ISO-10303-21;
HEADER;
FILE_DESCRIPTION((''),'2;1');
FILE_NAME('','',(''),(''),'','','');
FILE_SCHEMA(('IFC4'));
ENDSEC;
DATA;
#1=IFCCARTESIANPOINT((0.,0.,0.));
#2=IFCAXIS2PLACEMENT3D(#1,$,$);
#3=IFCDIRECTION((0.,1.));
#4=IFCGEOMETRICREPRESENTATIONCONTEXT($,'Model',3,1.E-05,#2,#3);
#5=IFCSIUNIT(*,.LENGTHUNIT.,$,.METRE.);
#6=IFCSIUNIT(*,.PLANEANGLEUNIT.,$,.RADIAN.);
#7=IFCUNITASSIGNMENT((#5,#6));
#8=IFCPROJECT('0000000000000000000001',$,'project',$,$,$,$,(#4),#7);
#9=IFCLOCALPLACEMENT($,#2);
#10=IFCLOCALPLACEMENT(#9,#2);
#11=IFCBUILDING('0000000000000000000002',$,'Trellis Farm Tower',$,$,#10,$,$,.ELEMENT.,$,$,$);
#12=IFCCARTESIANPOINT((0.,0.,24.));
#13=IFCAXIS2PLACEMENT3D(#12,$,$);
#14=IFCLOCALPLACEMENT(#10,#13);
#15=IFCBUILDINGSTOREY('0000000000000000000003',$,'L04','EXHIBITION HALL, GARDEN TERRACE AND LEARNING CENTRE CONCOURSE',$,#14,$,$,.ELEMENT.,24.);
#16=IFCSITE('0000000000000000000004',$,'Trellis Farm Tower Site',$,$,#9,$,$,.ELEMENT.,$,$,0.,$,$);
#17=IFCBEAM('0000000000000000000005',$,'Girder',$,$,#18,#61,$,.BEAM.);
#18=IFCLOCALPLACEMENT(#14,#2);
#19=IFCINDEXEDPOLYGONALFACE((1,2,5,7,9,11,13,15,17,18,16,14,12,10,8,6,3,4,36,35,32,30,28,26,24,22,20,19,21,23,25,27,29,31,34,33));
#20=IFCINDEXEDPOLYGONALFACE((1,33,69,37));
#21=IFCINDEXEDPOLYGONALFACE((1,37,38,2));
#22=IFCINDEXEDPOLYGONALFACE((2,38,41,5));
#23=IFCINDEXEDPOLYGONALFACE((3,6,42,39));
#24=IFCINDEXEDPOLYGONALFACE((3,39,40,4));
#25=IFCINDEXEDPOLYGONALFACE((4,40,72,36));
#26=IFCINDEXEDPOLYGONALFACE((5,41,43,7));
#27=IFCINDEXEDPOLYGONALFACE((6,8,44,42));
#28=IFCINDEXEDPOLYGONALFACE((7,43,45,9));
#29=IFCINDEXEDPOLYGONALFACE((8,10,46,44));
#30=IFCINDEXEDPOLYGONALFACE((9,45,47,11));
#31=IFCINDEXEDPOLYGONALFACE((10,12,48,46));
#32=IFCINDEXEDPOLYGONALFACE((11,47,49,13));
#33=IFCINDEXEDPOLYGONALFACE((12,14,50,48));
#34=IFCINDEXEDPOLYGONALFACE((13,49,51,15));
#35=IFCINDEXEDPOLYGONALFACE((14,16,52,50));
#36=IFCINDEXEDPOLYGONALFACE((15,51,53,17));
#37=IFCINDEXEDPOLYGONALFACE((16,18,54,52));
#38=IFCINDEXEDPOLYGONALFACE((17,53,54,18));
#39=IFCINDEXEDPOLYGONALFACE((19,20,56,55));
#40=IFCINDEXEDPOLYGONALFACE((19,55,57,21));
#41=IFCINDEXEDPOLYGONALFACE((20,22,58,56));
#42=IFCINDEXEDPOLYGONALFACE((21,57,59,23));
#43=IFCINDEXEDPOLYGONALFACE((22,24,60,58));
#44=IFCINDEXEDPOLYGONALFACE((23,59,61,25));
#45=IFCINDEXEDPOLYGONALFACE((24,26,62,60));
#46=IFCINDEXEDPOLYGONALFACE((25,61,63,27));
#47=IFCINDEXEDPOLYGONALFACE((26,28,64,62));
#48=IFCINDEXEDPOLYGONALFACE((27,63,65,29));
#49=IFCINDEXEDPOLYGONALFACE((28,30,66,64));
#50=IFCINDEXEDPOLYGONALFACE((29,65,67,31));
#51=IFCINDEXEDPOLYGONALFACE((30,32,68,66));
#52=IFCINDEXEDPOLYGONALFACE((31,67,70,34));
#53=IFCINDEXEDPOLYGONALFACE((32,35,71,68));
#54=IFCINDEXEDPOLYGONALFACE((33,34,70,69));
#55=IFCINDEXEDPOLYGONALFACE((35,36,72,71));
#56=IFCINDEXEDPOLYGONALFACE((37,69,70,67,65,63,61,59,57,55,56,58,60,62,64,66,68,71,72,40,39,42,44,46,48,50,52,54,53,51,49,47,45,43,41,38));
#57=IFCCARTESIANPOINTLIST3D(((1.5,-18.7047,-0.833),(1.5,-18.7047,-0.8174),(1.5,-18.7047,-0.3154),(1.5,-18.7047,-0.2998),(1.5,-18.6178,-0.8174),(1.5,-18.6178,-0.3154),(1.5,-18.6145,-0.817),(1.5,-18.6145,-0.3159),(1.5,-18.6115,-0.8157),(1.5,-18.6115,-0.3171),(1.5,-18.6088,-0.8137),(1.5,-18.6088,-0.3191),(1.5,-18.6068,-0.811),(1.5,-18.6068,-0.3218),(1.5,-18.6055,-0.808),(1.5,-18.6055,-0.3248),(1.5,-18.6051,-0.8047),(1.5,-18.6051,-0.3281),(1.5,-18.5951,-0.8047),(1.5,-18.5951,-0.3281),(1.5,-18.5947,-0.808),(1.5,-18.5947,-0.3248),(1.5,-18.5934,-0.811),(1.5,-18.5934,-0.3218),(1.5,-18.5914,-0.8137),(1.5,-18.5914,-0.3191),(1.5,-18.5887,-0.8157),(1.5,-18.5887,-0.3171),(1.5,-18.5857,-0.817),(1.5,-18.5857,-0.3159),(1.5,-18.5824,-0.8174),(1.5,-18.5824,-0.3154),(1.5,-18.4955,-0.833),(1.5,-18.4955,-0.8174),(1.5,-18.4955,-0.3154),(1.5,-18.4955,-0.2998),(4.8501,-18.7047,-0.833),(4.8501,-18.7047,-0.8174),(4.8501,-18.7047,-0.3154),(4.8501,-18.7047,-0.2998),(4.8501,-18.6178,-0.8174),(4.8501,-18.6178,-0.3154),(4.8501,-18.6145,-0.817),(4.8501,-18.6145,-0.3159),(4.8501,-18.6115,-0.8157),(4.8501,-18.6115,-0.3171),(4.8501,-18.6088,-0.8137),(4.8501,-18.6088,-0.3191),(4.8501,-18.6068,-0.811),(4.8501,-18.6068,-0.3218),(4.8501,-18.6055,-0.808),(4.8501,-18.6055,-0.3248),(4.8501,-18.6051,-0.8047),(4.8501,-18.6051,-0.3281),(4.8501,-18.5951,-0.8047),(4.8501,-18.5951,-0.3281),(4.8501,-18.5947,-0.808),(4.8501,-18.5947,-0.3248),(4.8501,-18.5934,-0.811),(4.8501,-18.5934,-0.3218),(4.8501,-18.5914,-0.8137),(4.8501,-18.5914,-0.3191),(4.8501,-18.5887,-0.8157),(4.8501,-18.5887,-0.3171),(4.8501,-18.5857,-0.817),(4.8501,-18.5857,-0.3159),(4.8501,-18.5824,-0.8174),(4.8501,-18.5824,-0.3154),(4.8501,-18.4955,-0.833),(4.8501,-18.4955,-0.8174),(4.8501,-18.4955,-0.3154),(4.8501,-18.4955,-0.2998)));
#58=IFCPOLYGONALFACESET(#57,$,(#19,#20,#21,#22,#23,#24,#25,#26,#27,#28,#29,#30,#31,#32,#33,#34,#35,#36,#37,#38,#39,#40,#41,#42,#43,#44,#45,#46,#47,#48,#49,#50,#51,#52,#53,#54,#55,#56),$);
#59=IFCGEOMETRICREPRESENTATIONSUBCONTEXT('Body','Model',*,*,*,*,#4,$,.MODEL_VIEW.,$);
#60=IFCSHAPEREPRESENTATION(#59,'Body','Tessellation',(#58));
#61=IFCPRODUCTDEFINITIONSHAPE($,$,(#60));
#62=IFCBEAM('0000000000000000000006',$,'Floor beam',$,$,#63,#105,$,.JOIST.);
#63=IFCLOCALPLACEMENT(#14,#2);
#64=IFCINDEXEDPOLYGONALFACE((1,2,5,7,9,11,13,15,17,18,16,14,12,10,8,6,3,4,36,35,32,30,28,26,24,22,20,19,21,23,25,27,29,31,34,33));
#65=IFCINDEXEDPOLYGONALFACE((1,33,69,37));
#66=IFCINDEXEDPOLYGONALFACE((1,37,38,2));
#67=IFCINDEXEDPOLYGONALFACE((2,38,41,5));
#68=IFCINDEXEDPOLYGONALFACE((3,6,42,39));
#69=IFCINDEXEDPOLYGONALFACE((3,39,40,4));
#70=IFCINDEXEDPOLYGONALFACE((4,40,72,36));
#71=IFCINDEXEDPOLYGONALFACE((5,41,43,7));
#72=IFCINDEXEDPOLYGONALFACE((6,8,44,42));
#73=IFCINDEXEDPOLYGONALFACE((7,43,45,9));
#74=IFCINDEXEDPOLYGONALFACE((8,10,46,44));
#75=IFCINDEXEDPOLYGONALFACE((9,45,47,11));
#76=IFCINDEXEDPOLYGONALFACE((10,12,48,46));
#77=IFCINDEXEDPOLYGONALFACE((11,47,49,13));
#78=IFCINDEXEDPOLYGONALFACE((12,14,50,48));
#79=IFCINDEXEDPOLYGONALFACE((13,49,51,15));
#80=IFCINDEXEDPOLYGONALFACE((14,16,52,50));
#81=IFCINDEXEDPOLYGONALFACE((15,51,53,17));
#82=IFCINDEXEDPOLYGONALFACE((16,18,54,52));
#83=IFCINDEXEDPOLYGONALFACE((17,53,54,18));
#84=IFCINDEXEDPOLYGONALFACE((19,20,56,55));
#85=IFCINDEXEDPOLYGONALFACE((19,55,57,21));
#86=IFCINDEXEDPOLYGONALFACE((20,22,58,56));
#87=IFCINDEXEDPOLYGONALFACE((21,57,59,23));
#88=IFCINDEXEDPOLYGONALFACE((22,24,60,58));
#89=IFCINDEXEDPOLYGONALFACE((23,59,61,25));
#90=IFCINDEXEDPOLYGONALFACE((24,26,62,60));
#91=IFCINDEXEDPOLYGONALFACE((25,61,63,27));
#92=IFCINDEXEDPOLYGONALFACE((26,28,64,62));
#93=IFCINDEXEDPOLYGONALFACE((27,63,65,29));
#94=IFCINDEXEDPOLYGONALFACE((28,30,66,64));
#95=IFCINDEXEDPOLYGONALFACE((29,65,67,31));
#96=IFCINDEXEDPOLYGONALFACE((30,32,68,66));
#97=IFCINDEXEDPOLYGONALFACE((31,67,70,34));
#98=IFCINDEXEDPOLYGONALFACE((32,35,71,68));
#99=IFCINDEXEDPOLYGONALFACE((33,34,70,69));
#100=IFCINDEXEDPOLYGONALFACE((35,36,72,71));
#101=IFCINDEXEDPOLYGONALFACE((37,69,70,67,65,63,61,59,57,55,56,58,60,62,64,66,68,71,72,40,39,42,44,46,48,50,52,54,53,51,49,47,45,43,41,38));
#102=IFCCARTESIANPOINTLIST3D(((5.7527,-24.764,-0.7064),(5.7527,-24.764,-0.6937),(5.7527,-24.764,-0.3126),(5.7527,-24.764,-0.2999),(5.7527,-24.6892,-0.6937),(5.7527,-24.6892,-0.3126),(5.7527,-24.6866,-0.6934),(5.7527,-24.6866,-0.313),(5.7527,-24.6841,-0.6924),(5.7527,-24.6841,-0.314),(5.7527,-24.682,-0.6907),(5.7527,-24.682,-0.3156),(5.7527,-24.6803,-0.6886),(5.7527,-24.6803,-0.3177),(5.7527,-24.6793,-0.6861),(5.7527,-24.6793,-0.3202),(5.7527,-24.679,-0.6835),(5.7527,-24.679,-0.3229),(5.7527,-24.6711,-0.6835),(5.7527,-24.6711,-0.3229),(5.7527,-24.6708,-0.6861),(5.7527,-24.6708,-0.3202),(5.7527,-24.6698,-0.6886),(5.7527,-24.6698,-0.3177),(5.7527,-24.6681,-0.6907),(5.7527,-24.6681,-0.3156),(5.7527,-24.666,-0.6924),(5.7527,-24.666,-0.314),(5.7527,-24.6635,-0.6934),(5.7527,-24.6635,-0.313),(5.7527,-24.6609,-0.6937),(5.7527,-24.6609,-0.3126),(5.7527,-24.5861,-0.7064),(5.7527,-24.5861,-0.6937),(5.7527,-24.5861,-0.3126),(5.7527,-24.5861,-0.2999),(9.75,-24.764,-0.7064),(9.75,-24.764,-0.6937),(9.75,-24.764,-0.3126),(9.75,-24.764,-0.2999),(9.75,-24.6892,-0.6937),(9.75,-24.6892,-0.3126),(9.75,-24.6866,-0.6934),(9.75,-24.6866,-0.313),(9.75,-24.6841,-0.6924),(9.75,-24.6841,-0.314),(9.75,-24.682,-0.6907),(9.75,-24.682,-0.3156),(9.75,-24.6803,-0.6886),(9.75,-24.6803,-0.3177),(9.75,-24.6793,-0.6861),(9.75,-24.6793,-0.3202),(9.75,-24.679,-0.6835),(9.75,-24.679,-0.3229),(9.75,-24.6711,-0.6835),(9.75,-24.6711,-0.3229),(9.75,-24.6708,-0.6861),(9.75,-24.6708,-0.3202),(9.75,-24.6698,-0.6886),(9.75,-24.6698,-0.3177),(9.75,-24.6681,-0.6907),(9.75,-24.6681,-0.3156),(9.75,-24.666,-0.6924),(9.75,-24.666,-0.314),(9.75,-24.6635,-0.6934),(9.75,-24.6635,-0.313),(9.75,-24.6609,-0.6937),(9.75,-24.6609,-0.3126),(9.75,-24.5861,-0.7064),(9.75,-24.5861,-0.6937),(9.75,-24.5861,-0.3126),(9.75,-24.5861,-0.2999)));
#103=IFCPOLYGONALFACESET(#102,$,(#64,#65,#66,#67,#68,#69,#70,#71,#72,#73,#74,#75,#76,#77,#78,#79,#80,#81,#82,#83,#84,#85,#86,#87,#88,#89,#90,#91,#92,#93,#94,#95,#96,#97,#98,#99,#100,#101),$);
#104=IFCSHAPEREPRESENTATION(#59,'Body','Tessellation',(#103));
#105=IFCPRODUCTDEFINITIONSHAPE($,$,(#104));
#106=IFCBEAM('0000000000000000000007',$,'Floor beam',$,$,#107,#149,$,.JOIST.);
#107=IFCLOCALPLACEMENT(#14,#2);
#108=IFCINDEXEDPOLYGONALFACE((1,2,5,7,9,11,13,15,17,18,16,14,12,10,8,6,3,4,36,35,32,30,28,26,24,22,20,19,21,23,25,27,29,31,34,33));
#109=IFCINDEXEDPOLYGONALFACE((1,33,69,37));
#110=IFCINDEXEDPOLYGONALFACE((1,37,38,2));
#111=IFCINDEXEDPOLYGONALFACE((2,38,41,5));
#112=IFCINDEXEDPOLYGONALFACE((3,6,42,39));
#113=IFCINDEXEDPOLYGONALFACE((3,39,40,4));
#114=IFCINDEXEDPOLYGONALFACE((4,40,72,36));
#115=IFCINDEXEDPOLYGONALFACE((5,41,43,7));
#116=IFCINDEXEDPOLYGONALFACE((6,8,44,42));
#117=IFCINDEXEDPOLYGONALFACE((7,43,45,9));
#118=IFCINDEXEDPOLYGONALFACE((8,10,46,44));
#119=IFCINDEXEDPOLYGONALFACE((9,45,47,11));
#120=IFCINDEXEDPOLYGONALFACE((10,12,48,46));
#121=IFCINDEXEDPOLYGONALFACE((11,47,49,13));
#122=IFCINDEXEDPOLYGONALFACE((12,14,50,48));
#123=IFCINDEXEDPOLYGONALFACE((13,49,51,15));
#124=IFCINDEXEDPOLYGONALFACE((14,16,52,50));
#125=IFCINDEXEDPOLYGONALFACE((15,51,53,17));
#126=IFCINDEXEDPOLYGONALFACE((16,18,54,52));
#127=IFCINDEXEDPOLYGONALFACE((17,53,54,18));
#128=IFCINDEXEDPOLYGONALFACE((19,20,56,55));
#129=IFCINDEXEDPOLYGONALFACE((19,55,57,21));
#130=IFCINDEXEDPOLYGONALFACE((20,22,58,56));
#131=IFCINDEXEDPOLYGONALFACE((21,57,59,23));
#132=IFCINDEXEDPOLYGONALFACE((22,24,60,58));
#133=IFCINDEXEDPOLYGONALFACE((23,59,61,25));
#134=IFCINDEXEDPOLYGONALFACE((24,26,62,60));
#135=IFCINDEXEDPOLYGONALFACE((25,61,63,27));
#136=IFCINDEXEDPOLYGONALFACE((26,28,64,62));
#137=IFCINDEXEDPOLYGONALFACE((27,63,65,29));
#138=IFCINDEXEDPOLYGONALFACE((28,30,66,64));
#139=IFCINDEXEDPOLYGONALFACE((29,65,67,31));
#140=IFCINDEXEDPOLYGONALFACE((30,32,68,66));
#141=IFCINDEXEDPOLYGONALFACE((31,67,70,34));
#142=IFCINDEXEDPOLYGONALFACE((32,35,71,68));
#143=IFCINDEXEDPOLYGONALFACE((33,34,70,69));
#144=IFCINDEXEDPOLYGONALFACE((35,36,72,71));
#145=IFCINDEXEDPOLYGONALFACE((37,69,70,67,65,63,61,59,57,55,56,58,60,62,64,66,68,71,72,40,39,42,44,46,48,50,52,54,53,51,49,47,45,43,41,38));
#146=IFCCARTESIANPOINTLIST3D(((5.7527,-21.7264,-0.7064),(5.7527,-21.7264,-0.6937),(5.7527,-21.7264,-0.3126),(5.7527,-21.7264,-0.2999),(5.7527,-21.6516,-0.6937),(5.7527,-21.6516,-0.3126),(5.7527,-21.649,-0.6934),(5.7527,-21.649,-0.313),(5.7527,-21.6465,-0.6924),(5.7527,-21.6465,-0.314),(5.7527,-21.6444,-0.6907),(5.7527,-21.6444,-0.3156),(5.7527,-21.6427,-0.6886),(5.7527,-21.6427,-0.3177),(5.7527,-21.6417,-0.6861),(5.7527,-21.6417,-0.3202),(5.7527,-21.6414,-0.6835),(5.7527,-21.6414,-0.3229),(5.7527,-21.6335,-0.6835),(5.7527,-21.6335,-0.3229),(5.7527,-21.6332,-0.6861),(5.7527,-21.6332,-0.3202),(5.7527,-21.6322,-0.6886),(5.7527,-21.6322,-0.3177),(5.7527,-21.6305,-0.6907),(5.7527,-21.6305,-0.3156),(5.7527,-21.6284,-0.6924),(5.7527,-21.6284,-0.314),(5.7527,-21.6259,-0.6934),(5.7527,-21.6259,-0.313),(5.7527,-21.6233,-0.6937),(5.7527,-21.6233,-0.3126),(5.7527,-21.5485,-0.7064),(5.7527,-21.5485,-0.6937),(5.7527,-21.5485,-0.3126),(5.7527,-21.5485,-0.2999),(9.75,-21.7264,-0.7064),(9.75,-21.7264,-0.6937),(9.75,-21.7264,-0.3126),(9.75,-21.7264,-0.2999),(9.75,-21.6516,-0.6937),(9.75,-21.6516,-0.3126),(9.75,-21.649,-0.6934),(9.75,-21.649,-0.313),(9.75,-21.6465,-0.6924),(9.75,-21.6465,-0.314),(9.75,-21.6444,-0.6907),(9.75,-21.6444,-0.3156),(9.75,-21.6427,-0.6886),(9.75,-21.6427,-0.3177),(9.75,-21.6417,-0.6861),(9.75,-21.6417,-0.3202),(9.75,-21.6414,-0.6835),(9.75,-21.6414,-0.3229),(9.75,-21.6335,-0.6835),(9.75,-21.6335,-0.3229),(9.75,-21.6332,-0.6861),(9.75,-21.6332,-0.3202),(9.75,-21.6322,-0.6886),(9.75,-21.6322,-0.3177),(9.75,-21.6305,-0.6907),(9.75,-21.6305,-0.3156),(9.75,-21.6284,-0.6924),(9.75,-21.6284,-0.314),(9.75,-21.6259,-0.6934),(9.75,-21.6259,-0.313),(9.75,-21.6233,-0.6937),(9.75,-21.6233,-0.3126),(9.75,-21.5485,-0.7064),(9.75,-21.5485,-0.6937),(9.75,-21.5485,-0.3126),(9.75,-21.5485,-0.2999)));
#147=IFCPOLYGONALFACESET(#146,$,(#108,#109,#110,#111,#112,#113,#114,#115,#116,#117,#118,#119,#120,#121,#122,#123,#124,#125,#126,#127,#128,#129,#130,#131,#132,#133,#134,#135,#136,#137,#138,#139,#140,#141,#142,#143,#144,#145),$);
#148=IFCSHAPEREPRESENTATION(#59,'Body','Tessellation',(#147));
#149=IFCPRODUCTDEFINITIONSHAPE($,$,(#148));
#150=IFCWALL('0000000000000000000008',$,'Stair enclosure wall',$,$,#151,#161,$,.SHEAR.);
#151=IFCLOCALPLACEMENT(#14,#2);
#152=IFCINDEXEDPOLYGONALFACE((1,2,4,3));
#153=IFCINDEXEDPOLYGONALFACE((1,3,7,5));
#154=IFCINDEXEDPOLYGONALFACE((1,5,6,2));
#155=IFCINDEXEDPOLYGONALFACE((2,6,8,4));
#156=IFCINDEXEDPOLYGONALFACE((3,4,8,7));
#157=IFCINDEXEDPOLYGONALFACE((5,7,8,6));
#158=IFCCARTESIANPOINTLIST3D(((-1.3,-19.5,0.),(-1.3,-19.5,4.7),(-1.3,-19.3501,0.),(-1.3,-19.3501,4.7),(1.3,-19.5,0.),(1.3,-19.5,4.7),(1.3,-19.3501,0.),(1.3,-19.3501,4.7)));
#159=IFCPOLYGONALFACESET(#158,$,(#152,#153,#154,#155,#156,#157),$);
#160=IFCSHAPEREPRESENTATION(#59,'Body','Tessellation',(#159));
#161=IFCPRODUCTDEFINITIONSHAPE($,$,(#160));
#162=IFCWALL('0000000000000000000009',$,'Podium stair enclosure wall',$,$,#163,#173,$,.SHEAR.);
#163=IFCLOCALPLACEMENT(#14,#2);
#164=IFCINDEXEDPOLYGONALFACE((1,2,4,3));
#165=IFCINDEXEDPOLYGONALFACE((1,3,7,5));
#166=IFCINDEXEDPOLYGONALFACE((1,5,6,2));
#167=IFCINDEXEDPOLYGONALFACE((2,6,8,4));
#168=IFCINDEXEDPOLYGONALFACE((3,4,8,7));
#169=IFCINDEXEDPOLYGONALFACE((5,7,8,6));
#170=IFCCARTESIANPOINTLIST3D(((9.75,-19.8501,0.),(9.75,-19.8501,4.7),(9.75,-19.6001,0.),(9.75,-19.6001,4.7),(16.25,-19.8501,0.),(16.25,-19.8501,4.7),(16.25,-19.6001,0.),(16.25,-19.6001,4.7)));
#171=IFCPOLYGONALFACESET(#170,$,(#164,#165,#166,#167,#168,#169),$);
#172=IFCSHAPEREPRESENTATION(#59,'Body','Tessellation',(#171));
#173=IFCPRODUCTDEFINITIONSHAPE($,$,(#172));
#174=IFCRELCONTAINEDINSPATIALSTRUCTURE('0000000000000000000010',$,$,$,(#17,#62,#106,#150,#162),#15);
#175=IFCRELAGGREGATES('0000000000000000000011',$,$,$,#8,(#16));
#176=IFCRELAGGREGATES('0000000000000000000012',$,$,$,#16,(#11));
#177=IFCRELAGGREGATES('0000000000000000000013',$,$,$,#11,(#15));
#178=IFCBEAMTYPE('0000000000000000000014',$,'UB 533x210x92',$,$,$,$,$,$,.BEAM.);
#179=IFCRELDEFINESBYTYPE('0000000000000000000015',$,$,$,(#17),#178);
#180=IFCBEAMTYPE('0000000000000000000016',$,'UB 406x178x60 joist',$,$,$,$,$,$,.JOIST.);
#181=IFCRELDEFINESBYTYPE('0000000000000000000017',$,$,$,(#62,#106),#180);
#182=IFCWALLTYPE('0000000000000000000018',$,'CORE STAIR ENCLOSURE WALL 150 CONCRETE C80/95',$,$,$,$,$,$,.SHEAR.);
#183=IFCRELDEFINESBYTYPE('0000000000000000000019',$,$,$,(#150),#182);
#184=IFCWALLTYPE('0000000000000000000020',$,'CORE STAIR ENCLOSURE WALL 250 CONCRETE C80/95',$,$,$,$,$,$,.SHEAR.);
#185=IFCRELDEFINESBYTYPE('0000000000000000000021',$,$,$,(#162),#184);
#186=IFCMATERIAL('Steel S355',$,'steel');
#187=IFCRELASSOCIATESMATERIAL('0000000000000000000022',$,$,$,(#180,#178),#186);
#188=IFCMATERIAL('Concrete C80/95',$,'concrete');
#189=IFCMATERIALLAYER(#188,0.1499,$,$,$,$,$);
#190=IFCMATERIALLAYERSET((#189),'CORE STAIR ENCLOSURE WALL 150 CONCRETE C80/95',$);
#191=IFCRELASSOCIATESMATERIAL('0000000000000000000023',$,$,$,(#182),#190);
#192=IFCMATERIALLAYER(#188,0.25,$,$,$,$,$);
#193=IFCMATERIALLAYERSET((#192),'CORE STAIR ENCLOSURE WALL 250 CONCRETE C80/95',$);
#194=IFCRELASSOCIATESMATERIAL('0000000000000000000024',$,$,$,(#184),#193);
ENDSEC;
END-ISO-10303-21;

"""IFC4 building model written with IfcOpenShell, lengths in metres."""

from ifc_helpers import new_model, si_unit, direction, frame, frame_2d, origin, origin_2d, place, context, subcontext, project, spatial, rectangle, i_section, extrude, source, transform, mapped, material, layer, layer_set, material_profile, profile_set, type_object, element, save


model = new_model("IFC4")

# Units and contexts
model_context = context("Model", 3, precision=1e-05, world=origin(), true_north=direction((0.0, 1.0)))
body_context = subcontext(model_context, "Body", "Model", "MODEL_VIEW")
ifc_project = project(units=[si_unit("LENGTHUNIT", "METRE"), si_unit("PLANEANGLEUNIT", "RADIAN")], contexts=[model_context])

# Site, building, storey
site_placement = place(None, origin())
site = spatial("IfcSite", under=ifc_project, at=site_placement, Name="Trellis Farm Tower Site", CompositionType="ELEMENT", RefElevation=0.0)
building_placement = place(site_placement, origin())
building = spatial("IfcBuilding", under=site, at=building_placement, Name="Trellis Farm Tower", CompositionType="ELEMENT")
storey_placement = place(building_placement, frame((0.0, 0.0, 24.0)))
storey = spatial("IfcBuildingStorey", under=building, at=storey_placement, Name="L04", Description="EXHIBITION HALL, GARDEN TERRACE AND LEARNING CENTRE CONCOURSE", CompositionType="ELEMENT", Elevation=24.0)

# Shared definitions
ifc_material_1 = material(Name="Concrete C80/95", Category="concrete")

# Beams
ifc_material_2 = material(Name="Steel S355", Category="steel")
ifc_material_profile_1 = material_profile(ifc_material_2, i_section(OverallWidth=0.178, OverallDepth=0.4065, WebThickness=0.0078, FlangeThickness=0.0127, FilletRadius=0.0103, at=origin_2d()), Name="UB 406x178x60")
ifc_profile_set_1 = profile_set([ifc_material_profile_1], Name="Steel S355")
beam_type_1 = type_object("IfcBeamType", Name="UB 406x178x60 joist", PredefinedType="JOIST", material=ifc_profile_set_1)
ifc_material_profile_2 = material_profile(ifc_material_2, i_section(OverallWidth=0.2092, OverallDepth=0.5332, WebThickness=0.01, FlangeThickness=0.0156, FilletRadius=0.0127, at=origin_2d()), Name="UB 533x210x92")
ifc_profile_set_2 = profile_set([ifc_material_profile_2], Name="Steel S355")
beam_type_2 = type_object("IfcBeamType", Name="UB 533x210x92", PredefinedType="BEAM", material=ifc_profile_set_2)
shared_shape_1 = source(origin(), body_context, "Body", "SweptSolid", [
    extrude(i_section(OverallWidth=0.2092, OverallDepth=0.5332, WebThickness=0.01, FlangeThickness=0.0156, FilletRadius=0.0127, at=origin_2d()), origin(), (0.0, 0.0, 1.0), 3.3501),
])
beam_1_placement = place(storey_placement, frame((1.5, -18.6001, -0.5664), z_axis=(1.0, 0.0, 0.0), x_axis=(0.0, 1.0, 0.0)))
element("IfcBeam", 1, at=beam_1_placement, inside=storey, type_object=beam_type_2, Name="Girder", PredefinedType="BEAM", context=body_context, shape_type="MappedRepresentation", body=[
    mapped(shared_shape_1, transform((0.0, 0.0, 0.0))),
])
shared_shape_2 = source(origin(), body_context, "Body", "SweptSolid", [
    extrude(i_section(OverallWidth=0.178, OverallDepth=0.4065, WebThickness=0.0078, FlangeThickness=0.0127, FilletRadius=0.0103, at=origin_2d()), origin(), (0.0, 0.0, 1.0), 3.9973),
])
for number, where, z_axis, x_axis, name in (
    (2, (5.7527, -24.675, -0.5032), (1.0, 0.0, 0.0), (0.0, 1.0, 0.0), "Floor beam"),
    (3, (5.7527, -21.6375, -0.5032), (1.0, 0.0, 0.0), (0.0, 1.0, 0.0), "Floor beam"),
):
    element("IfcBeam", number, at=place(storey_placement, frame(where, z_axis=z_axis, x_axis=x_axis)), inside=storey, type_object=beam_type_1, Name=name, PredefinedType="JOIST", context=body_context, shape_type="MappedRepresentation", body=[
        mapped(shared_shape_2, transform((0.0, 0.0, 0.0))),
    ])

# Walls
ifc_layer_1 = layer(ifc_material_1, 0.1499)
ifc_layer_set_1 = layer_set([ifc_layer_1], Name="CORE STAIR ENCLOSURE WALL 150 CONCRETE C80/95")
wall_type_1 = type_object("IfcWallType", Name="CORE STAIR ENCLOSURE WALL 150 CONCRETE C80/95", PredefinedType="SHEAR", material=ifc_layer_set_1)
shared_shape_3 = source(origin(), body_context, "Body", "SweptSolid", [
    extrude(rectangle(XDim=2.6001, YDim=0.1499, at=frame_2d((1.3, 0.0))), origin(), (0.0, 0.0, 1.0), 4.7),
])
wall_1_placement = place(storey_placement, frame((1.3, -19.425, 0.0), z_axis=(0.0, 0.0, 1.0), x_axis=(-1.0, 0.0, 0.0)))
element("IfcWall", 4, at=wall_1_placement, inside=storey, type_object=wall_type_1, Name="Stair enclosure wall", PredefinedType="SHEAR", context=body_context, shape_type="MappedRepresentation", body=[
    mapped(shared_shape_3, transform((0.0, 0.0, 0.0))),
])
ifc_layer_2 = layer(ifc_material_1, 0.25)
ifc_layer_set_2 = layer_set([ifc_layer_2], Name="CORE STAIR ENCLOSURE WALL 250 CONCRETE C80/95")
wall_type_2 = type_object("IfcWallType", Name="CORE STAIR ENCLOSURE WALL 250 CONCRETE C80/95", PredefinedType="SHEAR", material=ifc_layer_set_2)
shared_shape_4 = source(origin(), body_context, "Body", "SweptSolid", [
    extrude(rectangle(XDim=6.5, YDim=0.25, at=frame_2d((3.25, 0.0))), origin(), (0.0, 0.0, 1.0), 4.7),
])
wall_2_placement = place(storey_placement, frame((9.75, -19.7251, 0.0), z_axis=(0.0, 0.0, 1.0), x_axis=(1.0, 0.0, 0.0)))
element("IfcWall", 5, at=wall_2_placement, inside=storey, type_object=wall_type_2, Name="Podium stair enclosure wall", PredefinedType="SHEAR", context=body_context, shape_type="MappedRepresentation", body=[
    mapped(shared_shape_4, transform((0.0, 0.0, 0.0))),
])

save(model, "model.ifc")
